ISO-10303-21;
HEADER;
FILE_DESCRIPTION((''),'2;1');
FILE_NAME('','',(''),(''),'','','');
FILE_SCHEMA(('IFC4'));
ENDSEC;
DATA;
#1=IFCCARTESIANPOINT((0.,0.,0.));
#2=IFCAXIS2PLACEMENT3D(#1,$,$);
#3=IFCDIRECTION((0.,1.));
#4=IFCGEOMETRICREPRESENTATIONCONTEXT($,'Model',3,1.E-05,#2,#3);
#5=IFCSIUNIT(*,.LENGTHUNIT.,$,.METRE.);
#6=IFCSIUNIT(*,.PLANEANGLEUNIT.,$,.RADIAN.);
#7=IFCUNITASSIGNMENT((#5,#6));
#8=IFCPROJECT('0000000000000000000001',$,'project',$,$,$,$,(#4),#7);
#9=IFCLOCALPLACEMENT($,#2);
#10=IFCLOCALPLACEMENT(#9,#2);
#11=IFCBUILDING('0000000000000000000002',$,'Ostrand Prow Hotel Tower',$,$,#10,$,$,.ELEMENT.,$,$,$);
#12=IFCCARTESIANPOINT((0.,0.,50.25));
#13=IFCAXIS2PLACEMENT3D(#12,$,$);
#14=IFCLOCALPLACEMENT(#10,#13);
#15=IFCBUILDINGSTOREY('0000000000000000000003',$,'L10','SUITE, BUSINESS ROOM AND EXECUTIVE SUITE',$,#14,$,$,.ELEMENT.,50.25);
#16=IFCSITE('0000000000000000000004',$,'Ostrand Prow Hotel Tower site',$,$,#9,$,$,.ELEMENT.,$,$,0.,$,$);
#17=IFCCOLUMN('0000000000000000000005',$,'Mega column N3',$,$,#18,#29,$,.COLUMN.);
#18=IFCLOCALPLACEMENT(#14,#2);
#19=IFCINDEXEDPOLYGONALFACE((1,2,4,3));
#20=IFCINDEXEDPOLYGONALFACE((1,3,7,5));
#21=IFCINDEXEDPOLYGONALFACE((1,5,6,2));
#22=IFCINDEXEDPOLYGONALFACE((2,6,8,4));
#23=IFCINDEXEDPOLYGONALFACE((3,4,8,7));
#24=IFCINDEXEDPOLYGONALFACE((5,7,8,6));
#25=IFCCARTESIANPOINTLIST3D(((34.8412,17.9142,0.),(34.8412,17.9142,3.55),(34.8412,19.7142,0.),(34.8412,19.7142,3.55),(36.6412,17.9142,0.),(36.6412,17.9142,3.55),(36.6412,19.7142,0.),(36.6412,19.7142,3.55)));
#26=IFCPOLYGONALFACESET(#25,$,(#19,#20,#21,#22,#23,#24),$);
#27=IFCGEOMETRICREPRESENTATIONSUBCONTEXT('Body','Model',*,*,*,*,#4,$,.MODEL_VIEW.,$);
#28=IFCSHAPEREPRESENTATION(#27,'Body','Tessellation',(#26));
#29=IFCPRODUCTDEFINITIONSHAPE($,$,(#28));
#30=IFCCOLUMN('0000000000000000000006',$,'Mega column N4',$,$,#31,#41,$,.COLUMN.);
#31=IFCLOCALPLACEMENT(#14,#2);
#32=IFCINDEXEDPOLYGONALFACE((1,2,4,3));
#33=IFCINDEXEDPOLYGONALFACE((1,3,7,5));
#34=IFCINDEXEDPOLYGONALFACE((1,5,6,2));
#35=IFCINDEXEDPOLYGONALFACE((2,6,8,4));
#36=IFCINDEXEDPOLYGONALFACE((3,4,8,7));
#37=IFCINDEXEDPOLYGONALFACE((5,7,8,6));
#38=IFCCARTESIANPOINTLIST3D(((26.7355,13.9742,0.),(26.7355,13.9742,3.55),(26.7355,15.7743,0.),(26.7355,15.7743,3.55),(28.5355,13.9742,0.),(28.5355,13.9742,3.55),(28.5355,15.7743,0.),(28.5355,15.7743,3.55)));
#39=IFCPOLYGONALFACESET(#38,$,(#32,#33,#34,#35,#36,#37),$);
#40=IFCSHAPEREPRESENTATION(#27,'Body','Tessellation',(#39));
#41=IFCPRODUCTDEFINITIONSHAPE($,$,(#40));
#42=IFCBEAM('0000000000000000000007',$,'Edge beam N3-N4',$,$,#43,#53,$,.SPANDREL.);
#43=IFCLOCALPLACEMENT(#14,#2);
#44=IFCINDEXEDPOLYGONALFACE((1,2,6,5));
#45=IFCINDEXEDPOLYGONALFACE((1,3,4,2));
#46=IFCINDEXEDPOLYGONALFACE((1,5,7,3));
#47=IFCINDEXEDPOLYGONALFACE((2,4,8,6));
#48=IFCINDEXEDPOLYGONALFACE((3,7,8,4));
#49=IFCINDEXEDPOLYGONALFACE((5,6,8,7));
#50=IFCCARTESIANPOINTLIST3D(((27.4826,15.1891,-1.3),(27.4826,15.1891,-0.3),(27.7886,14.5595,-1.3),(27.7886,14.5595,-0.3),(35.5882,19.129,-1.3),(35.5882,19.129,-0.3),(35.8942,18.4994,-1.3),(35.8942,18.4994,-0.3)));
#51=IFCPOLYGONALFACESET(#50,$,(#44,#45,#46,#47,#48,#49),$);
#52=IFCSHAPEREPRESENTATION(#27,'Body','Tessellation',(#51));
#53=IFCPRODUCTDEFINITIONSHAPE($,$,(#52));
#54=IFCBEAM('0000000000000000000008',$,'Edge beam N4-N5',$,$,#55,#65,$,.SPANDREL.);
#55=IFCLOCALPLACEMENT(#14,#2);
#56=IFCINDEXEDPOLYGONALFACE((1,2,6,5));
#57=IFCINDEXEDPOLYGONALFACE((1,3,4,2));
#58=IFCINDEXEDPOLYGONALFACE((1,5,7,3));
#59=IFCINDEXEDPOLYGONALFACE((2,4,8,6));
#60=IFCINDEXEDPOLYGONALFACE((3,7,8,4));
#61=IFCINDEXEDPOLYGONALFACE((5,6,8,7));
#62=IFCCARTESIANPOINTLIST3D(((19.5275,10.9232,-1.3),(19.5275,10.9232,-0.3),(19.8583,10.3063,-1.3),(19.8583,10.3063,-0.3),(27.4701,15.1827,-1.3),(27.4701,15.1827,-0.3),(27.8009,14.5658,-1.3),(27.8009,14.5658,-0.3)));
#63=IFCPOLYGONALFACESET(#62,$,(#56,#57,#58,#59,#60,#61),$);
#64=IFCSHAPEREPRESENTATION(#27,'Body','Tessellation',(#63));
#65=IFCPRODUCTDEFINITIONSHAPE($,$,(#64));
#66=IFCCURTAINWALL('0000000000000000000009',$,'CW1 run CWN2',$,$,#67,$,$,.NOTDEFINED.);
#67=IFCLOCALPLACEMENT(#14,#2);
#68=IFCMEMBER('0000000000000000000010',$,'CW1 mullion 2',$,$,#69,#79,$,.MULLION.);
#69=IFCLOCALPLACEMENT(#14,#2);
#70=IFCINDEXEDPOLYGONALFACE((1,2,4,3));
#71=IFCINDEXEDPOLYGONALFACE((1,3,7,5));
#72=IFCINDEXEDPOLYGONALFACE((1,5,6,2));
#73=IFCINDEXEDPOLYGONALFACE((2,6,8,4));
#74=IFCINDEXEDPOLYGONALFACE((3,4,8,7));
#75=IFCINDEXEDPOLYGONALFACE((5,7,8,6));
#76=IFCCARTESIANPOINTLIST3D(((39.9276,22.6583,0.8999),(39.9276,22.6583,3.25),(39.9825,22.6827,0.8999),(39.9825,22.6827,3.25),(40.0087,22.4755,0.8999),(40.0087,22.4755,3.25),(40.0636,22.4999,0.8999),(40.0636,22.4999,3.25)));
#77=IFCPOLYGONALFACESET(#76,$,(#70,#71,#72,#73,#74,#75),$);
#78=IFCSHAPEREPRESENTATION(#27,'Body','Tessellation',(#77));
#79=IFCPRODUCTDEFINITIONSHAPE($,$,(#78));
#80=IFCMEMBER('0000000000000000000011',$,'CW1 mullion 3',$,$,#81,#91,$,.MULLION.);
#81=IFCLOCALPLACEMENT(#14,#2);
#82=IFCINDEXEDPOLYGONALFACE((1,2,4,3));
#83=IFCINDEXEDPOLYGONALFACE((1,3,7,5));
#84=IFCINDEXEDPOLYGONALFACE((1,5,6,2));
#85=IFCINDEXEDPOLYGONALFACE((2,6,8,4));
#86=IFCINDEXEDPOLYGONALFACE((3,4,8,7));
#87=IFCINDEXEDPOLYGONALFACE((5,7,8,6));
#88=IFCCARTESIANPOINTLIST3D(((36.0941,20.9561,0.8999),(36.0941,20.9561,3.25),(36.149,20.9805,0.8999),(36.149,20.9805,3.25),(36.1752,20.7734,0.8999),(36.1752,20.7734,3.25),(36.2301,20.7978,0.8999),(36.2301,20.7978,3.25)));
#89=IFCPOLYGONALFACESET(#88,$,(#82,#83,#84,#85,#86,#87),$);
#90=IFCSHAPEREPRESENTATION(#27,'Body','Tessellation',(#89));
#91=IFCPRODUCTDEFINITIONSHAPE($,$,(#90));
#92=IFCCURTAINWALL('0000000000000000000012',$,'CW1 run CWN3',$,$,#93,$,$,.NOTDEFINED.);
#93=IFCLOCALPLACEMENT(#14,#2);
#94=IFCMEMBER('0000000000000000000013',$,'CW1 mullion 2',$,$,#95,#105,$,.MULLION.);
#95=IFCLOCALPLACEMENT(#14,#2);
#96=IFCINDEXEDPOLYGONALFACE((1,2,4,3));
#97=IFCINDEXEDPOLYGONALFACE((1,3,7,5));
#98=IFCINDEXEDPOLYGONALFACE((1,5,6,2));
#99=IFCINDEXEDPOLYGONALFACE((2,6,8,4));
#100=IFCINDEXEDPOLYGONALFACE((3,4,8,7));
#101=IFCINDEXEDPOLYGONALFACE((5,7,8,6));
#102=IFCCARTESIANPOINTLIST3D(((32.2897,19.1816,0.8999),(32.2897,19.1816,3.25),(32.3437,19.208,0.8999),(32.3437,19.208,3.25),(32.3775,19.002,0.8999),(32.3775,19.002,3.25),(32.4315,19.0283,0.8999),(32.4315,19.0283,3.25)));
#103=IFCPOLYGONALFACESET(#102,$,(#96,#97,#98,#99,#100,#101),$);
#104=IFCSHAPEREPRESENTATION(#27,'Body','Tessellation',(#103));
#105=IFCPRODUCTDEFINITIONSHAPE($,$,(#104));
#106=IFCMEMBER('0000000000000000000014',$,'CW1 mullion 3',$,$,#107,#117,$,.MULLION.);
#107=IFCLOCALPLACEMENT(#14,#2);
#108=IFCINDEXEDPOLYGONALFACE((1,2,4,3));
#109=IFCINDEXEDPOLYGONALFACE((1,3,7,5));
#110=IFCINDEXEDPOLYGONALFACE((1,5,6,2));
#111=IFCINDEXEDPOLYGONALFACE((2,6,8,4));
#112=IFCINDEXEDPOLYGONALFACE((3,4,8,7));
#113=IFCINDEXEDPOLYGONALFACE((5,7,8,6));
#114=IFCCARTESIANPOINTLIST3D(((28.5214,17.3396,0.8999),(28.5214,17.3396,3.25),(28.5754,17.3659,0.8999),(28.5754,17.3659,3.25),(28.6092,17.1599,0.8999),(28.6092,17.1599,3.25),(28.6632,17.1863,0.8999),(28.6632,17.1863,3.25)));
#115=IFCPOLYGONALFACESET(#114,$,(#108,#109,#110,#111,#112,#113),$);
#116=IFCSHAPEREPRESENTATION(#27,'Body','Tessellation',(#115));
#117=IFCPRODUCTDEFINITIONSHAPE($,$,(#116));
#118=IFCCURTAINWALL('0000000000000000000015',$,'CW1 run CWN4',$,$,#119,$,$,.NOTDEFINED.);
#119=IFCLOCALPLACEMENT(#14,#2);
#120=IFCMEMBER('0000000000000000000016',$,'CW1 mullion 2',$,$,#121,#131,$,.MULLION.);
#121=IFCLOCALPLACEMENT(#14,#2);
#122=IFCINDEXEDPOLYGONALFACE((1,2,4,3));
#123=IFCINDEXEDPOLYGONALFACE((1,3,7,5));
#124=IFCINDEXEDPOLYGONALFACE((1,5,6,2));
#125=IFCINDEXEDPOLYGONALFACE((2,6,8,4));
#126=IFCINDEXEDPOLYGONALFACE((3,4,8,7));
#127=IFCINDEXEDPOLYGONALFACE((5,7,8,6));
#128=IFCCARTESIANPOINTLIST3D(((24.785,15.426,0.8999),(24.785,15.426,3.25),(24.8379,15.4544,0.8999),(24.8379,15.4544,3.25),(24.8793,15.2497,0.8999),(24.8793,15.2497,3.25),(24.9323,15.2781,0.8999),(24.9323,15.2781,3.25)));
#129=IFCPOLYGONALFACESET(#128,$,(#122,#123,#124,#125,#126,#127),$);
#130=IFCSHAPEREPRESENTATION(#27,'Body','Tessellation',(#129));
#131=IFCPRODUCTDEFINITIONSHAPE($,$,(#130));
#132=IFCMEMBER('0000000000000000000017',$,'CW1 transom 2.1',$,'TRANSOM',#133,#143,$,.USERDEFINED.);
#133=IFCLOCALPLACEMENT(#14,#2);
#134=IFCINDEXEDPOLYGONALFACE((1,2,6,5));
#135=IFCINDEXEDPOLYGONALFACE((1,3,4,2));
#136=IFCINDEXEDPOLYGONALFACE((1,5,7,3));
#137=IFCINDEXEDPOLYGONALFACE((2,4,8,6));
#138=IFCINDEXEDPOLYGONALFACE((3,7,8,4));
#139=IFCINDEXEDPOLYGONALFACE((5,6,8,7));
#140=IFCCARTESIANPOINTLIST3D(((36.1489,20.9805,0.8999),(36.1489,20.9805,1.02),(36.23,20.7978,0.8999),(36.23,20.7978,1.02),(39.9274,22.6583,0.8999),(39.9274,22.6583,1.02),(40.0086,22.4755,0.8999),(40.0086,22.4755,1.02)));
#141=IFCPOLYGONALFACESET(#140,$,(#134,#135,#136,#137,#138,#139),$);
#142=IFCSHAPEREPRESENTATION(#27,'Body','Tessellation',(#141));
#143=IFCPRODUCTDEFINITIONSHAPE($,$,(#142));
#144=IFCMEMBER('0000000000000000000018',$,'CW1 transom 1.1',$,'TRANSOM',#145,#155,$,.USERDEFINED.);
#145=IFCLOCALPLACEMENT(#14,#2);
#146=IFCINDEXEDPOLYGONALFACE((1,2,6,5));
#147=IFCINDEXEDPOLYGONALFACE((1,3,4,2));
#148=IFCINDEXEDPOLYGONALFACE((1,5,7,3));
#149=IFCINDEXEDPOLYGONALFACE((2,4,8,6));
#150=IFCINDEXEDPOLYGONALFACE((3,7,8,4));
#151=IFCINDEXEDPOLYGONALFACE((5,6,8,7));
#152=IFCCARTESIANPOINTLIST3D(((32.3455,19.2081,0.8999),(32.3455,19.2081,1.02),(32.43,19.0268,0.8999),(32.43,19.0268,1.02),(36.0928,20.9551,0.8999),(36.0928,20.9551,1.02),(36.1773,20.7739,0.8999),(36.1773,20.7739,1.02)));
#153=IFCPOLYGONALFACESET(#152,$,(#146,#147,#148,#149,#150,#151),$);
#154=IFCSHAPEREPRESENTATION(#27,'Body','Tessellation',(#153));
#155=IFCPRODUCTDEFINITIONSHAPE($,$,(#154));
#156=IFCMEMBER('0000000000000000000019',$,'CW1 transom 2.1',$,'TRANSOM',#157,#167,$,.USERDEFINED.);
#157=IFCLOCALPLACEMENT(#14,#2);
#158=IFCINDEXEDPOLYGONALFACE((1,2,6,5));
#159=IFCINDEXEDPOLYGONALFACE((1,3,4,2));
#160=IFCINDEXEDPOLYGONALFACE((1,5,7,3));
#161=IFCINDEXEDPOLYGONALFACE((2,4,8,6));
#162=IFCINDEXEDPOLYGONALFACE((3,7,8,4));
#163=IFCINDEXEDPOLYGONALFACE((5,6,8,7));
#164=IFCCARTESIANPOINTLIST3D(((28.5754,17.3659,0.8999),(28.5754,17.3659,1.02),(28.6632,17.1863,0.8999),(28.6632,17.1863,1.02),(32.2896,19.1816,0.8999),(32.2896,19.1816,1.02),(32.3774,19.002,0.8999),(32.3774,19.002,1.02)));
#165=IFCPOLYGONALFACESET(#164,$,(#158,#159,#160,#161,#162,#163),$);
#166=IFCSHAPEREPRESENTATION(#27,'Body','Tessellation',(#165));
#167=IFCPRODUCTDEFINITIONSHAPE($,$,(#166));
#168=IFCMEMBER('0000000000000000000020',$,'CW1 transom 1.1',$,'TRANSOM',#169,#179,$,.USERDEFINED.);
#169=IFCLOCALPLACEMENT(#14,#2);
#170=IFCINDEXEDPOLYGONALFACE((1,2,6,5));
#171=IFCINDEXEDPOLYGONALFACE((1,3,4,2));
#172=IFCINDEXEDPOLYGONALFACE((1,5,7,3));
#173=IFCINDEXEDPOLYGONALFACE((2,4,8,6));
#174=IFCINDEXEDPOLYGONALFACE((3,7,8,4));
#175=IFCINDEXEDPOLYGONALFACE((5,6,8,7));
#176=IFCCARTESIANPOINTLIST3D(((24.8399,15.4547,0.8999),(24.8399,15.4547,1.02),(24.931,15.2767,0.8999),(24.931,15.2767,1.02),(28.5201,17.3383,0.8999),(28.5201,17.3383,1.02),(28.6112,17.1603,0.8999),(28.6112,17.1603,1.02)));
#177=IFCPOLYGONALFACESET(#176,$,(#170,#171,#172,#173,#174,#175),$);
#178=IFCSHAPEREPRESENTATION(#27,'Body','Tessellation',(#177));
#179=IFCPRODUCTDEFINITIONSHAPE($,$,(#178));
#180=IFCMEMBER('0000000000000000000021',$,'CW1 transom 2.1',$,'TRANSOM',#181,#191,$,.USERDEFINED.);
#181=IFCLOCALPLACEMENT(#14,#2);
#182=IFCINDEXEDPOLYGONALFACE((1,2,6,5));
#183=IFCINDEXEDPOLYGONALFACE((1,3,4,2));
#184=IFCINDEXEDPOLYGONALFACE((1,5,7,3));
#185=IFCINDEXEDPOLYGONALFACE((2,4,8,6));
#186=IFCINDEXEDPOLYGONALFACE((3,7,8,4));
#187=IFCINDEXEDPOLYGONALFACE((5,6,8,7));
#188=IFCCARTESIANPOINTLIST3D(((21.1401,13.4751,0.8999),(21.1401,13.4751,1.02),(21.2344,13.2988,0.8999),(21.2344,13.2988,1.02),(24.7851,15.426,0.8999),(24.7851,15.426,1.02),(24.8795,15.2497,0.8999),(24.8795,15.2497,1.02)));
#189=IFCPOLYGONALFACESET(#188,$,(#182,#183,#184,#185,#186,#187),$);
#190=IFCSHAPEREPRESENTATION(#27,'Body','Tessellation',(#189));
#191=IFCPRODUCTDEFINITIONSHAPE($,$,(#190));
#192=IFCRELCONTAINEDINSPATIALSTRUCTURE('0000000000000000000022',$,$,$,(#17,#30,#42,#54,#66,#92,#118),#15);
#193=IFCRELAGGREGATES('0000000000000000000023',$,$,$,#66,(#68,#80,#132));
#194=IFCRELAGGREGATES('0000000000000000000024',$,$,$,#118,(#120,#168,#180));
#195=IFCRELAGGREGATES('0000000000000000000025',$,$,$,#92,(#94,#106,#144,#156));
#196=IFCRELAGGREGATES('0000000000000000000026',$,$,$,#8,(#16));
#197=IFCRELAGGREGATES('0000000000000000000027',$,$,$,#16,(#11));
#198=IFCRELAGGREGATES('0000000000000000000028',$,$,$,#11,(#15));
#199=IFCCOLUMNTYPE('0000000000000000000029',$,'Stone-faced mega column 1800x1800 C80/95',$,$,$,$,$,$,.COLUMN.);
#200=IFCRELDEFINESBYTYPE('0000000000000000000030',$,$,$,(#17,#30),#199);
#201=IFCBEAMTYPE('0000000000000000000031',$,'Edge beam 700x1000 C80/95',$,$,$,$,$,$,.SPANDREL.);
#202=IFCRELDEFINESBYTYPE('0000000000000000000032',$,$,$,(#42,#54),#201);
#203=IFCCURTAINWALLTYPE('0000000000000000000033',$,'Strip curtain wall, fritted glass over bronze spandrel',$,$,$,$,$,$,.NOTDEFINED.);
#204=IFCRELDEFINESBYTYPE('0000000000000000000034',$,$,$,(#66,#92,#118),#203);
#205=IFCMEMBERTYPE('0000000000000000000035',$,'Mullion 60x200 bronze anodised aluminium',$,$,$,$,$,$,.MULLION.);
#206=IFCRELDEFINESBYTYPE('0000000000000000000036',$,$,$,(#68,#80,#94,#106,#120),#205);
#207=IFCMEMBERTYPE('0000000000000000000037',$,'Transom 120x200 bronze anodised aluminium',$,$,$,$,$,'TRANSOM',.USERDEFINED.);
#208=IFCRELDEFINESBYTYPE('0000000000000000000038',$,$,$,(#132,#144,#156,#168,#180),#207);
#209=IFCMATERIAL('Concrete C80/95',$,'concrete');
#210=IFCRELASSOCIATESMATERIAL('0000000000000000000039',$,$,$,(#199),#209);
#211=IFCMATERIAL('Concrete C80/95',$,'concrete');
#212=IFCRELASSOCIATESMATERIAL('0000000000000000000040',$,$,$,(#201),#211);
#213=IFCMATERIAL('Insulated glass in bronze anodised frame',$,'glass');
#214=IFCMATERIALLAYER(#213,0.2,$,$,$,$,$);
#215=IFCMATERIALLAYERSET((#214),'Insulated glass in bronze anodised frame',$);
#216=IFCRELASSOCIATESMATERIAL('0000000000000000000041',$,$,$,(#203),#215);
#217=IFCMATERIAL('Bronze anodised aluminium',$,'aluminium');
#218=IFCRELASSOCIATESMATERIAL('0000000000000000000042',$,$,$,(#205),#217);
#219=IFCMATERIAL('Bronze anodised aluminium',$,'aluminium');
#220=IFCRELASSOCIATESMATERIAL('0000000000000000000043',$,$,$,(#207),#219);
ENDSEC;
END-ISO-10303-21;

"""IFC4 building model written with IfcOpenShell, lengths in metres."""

from ifc_helpers import new_model, si_unit, direction, frame, origin, origin_2d, place, context, subcontext, project, spatial, rectangle, extrude, material, layer, layer_set, material_profile, profile_set, type_object, element, aggregate, save


model = new_model("IFC4")

# Units and contexts
model_context = context("Model", 3, precision=1e-05, world=origin(), true_north=direction((0.0, 1.0)))
body_context = subcontext(model_context, "Body", "Model", "MODEL_VIEW")
ifc_project = project(units=[si_unit("LENGTHUNIT", "METRE"), si_unit("PLANEANGLEUNIT", "RADIAN")], contexts=[model_context])

# Site, building, storey
site_placement = place(None, origin())
site = spatial("IfcSite", under=ifc_project, at=site_placement, Name="Ostrand Prow Hotel Tower site", CompositionType="ELEMENT", RefElevation=0.0)
building_placement = place(site_placement, origin())
building = spatial("IfcBuilding", under=site, at=building_placement, Name="Ostrand Prow Hotel Tower", CompositionType="ELEMENT")
storey_placement = place(building_placement, frame((0.0, 0.0, 50.25)))
storey = spatial("IfcBuildingStorey", under=building, at=storey_placement, Name="L10", Description="SUITE, BUSINESS ROOM AND EXECUTIVE SUITE", CompositionType="ELEMENT", Elevation=50.25)

# Columns
ifc_material_1 = material(Name="Concrete C80/95", Category="concrete")
ifc_material_profile_1 = material_profile(ifc_material_1, rectangle(XDim=1.8, YDim=1.8, at=origin_2d()), Name="RC 1800x1800")
ifc_profile_set_1 = profile_set([ifc_material_profile_1], Name="Concrete C80/95")
column_type = type_object("IfcColumnType", Name="Stone-faced mega column 1800x1800 C80/95", PredefinedType="COLUMN", material=ifc_profile_set_1)
for number, where, z_axis, x_axis, name in (
    (1, (35.7412, 18.8142, 0.0), (0.0, 0.0, 1.0), (1.0, 0.0, 0.0), "Mega column N3"),
    (2, (27.6355, 14.8743, 0.0), (0.0, 0.0, 1.0), (1.0, 0.0, 0.0), "Mega column N4"),
):
    element("IfcColumn", number, at=place(storey_placement, frame(where, z_axis=z_axis, x_axis=x_axis)), inside=storey, type_object=column_type, Name=name, PredefinedType="COLUMN", context=body_context, shape_type="SweptSolid", body=[
        extrude(rectangle(XDim=1.8, YDim=1.8, at=origin_2d()), origin(), (0.0, 0.0, 1.0), 3.55),
    ])

# Beams
ifc_material_2 = material(Name="Concrete C80/95", Category="concrete")
ifc_material_profile_2 = material_profile(ifc_material_2, rectangle(XDim=0.7, YDim=1.0, at=origin_2d()), Name="RC 700x1000")
ifc_profile_set_2 = profile_set([ifc_material_profile_2], Name="Concrete C80/95")
beam_type = type_object("IfcBeamType", Name="Edge beam 700x1000 C80/95", PredefinedType="SPANDREL", material=ifc_profile_set_2)
beam_1_placement = place(storey_placement, frame((35.7412, 18.8142, -0.8), z_axis=(-0.899382, -0.437163, 0.0), x_axis=(0.437163, -0.899382, 0.0)))
element("IfcBeam", 3, at=beam_1_placement, inside=storey, type_object=beam_type, Name="Edge beam N3-N4", PredefinedType="SPANDREL", context=body_context, shape_type="SweptSolid", body=[
    extrude(rectangle(XDim=0.7, YDim=1.0, at=origin_2d()), origin(), (0.0, 0.0, 1.0), 9.0125),
])
beam_2_placement = place(storey_placement, frame((27.6355, 14.8743, -0.8), z_axis=(-0.88127, -0.472613, 0.0), x_axis=(0.472613, -0.88127, 0.0)))
element("IfcBeam", 4, at=beam_2_placement, inside=storey, type_object=beam_type, Name="Edge beam N4-N5", PredefinedType="SPANDREL", context=body_context, shape_type="SweptSolid", body=[
    extrude(rectangle(XDim=0.7, YDim=1.0, at=origin_2d()), origin(), (0.0, 0.0, 1.0), 9.0127),
])

# Curtain walls, members
ifc_material_3 = material(Name="Insulated glass in bronze anodised frame", Category="glass")
ifc_layer_1 = layer(ifc_material_3, 0.2)
ifc_layer_set_1 = layer_set([ifc_layer_1], Name="Insulated glass in bronze anodised frame")
curtain_wall_type = type_object("IfcCurtainWallType", Name="Strip curtain wall, fritted glass over bronze spandrel", PredefinedType="NOTDEFINED", material=ifc_layer_set_1)
curtain_wall_1_placement = place(storey_placement, origin())
curtain_wall_1 = element("IfcCurtainWall", 5, at=curtain_wall_1_placement, inside=storey, type_object=curtain_wall_type, Name="CW1 run CWN2", PredefinedType="NOTDEFINED")
ifc_material_4 = material(Name="Bronze anodised aluminium", Category="aluminium")
ifc_material_profile_3 = material_profile(ifc_material_4, rectangle(XDim=0.2, YDim=0.0601, at=origin_2d()), Name="Mullion 60x200 bronze anodised aluminium")
ifc_profile_set_3 = profile_set([ifc_material_profile_3], Name="Bronze anodised aluminium")
member_type_1 = type_object("IfcMemberType", Name="Mullion 60x200 bronze anodised aluminium", PredefinedType="MULLION", material=ifc_profile_set_3)
member_1_placement = place(storey_placement, frame((39.9956, 22.5791, 0.8999), z_axis=(0.0, 0.0, 1.0), x_axis=(0.40578, -0.913971, 0.0)))
member_1 = element("IfcMember", 6, at=member_1_placement, type_object=member_type_1, Name="CW1 mullion 2", PredefinedType="MULLION", context=body_context, shape_type="SweptSolid", body=[
    extrude(rectangle(XDim=0.2, YDim=0.0601, at=origin_2d()), origin(), (0.0, 0.0, 1.0), 2.3501),
])
member_2_placement = place(storey_placement, frame((36.1621, 20.877, 0.8999), z_axis=(0.0, 0.0, 1.0), x_axis=(0.40578, -0.913971, 0.0)))
member_2 = element("IfcMember", 7, at=member_2_placement, type_object=member_type_1, Name="CW1 mullion 3", PredefinedType="MULLION", context=body_context, shape_type="SweptSolid", body=[
    extrude(rectangle(XDim=0.2, YDim=0.0601, at=origin_2d()), origin(), (0.0, 0.0, 1.0), 2.3501),
])
curtain_wall_2_placement = place(storey_placement, origin())
curtain_wall_2 = element("IfcCurtainWall", 8, at=curtain_wall_2_placement, inside=storey, type_object=curtain_wall_type, Name="CW1 run CWN3", PredefinedType="NOTDEFINED")
member_3_placement = place(storey_placement, frame((32.3606, 19.105, 0.8999), z_axis=(0.0, 0.0, 1.0), x_axis=(0.439138, -0.89842, 0.0)))
member_3 = element("IfcMember", 9, at=member_3_placement, type_object=member_type_1, Name="CW1 mullion 2", PredefinedType="MULLION", context=body_context, shape_type="SweptSolid", body=[
    extrude(rectangle(XDim=0.2, YDim=0.0601, at=origin_2d()), origin(), (0.0, 0.0, 1.0), 2.3501),
])
member_4_placement = place(storey_placement, frame((28.5923, 17.2629, 0.8999), z_axis=(0.0, 0.0, 1.0), x_axis=(0.439138, -0.89842, 0.0)))
member_4 = element("IfcMember", 10, at=member_4_placement, type_object=member_type_1, Name="CW1 mullion 3", PredefinedType="MULLION", context=body_context, shape_type="SweptSolid", body=[
    extrude(rectangle(XDim=0.2, YDim=0.0601, at=origin_2d()), origin(), (0.0, 0.0, 1.0), 2.3501),
])

# Curtain wall, member
curtain_wall_3_placement = place(storey_placement, origin())
curtain_wall_3 = element("IfcCurtainWall", 11, at=curtain_wall_3_placement, inside=storey, type_object=curtain_wall_type, Name="CW1 run CWN4", PredefinedType="NOTDEFINED")
member_5_placement = place(storey_placement, frame((24.8586, 15.3521, 0.8999), z_axis=(0.0, 0.0, 1.0), x_axis=(0.4719, -0.881652, 0.0)))
member_5 = element("IfcMember", 12, at=member_5_placement, type_object=member_type_1, Name="CW1 mullion 2", PredefinedType="MULLION", context=body_context, shape_type="SweptSolid", body=[
    extrude(rectangle(XDim=0.2, YDim=0.0601, at=origin_2d()), origin(), (0.0, 0.0, 1.0), 2.3501),
])

# Members
ifc_material_5 = material(Name="Bronze anodised aluminium", Category="aluminium")
ifc_material_profile_4 = material_profile(ifc_material_5, rectangle(XDim=0.2, YDim=0.1201, at=origin_2d()), Name="Transom 120x200 bronze anodised aluminium")
ifc_profile_set_4 = profile_set([ifc_material_profile_4], Name="Bronze anodised aluminium")
member_type_2 = type_object("IfcMemberType", Name="Transom 120x200 bronze anodised aluminium", ElementType="TRANSOM", PredefinedType="USERDEFINED", material=ifc_profile_set_4)
member_6_placement = place(storey_placement, frame((39.968, 22.5669, 0.96), z_axis=(-0.913958, -0.40581, 0.0), x_axis=(0.40581, -0.913958, 0.0)))
member_6 = element("IfcMember", 13, at=member_6_placement, type_object=member_type_2, Name="CW1 transom 2.1", ObjectType="TRANSOM", PredefinedType="USERDEFINED", context=body_context, shape_type="SweptSolid", body=[
    extrude(rectangle(XDim=0.2, YDim=0.1201, at=origin_2d()), origin(), (0.0, 0.0, 1.0), 4.1343),
])
member_7_placement = place(storey_placement, frame((36.135, 20.8645, 0.96), z_axis=(-0.906338, -0.422552, 0.0), x_axis=(0.422552, -0.906338, 0.0)))
member_7 = element("IfcMember", 14, at=member_7_placement, type_object=member_type_2, Name="CW1 transom 1.1", ObjectType="TRANSOM", PredefinedType="USERDEFINED", context=body_context, shape_type="SweptSolid", body=[
    extrude(rectangle(XDim=0.2, YDim=0.1201, at=origin_2d()), origin(), (0.0, 0.0, 1.0), 4.1345),
])
member_8_placement = place(storey_placement, frame((32.3335, 19.0918, 0.96), z_axis=(-0.898395, -0.439188, 0.0), x_axis=(0.439188, -0.898395, 0.0)))
member_8 = element("IfcMember", 15, at=member_8_placement, type_object=member_type_2, Name="CW1 transom 2.1", ObjectType="TRANSOM", PredefinedType="USERDEFINED", context=body_context, shape_type="SweptSolid", body=[
    extrude(rectangle(XDim=0.2, YDim=0.1201, at=origin_2d()), origin(), (0.0, 0.0, 1.0), 4.1343),
])
member_9_placement = place(storey_placement, frame((28.5657, 17.2493, 0.96), z_axis=(-0.890183, -0.455603, 0.0), x_axis=(0.455603, -0.890183, 0.0)))
member_9 = element("IfcMember", 16, at=member_9_placement, type_object=member_type_2, Name="CW1 transom 1.1", ObjectType="TRANSOM", PredefinedType="USERDEFINED", context=body_context, shape_type="SweptSolid", body=[
    extrude(rectangle(XDim=0.2, YDim=0.1201, at=origin_2d()), origin(), (0.0, 0.0, 1.0), 4.1343),
])
member_10_placement = place(storey_placement, frame((24.8323, 15.3379, 0.96), z_axis=(-0.881657, -0.47189, 0.0), x_axis=(0.47189, -0.881657, 0.0)))
member_10 = element("IfcMember", 17, at=member_10_placement, type_object=member_type_2, Name="CW1 transom 2.1", ObjectType="TRANSOM", PredefinedType="USERDEFINED", context=body_context, shape_type="SweptSolid", body=[
    extrude(rectangle(XDim=0.2, YDim=0.1201, at=origin_2d()), origin(), (0.0, 0.0, 1.0), 4.1343),
])

aggregate(curtain_wall_1, [member_1, member_2, member_6])
aggregate(curtain_wall_3, [member_5, member_9, member_10])
aggregate(curtain_wall_2, [member_3, member_4, member_7, member_8])

save(model, "model.ifc")
